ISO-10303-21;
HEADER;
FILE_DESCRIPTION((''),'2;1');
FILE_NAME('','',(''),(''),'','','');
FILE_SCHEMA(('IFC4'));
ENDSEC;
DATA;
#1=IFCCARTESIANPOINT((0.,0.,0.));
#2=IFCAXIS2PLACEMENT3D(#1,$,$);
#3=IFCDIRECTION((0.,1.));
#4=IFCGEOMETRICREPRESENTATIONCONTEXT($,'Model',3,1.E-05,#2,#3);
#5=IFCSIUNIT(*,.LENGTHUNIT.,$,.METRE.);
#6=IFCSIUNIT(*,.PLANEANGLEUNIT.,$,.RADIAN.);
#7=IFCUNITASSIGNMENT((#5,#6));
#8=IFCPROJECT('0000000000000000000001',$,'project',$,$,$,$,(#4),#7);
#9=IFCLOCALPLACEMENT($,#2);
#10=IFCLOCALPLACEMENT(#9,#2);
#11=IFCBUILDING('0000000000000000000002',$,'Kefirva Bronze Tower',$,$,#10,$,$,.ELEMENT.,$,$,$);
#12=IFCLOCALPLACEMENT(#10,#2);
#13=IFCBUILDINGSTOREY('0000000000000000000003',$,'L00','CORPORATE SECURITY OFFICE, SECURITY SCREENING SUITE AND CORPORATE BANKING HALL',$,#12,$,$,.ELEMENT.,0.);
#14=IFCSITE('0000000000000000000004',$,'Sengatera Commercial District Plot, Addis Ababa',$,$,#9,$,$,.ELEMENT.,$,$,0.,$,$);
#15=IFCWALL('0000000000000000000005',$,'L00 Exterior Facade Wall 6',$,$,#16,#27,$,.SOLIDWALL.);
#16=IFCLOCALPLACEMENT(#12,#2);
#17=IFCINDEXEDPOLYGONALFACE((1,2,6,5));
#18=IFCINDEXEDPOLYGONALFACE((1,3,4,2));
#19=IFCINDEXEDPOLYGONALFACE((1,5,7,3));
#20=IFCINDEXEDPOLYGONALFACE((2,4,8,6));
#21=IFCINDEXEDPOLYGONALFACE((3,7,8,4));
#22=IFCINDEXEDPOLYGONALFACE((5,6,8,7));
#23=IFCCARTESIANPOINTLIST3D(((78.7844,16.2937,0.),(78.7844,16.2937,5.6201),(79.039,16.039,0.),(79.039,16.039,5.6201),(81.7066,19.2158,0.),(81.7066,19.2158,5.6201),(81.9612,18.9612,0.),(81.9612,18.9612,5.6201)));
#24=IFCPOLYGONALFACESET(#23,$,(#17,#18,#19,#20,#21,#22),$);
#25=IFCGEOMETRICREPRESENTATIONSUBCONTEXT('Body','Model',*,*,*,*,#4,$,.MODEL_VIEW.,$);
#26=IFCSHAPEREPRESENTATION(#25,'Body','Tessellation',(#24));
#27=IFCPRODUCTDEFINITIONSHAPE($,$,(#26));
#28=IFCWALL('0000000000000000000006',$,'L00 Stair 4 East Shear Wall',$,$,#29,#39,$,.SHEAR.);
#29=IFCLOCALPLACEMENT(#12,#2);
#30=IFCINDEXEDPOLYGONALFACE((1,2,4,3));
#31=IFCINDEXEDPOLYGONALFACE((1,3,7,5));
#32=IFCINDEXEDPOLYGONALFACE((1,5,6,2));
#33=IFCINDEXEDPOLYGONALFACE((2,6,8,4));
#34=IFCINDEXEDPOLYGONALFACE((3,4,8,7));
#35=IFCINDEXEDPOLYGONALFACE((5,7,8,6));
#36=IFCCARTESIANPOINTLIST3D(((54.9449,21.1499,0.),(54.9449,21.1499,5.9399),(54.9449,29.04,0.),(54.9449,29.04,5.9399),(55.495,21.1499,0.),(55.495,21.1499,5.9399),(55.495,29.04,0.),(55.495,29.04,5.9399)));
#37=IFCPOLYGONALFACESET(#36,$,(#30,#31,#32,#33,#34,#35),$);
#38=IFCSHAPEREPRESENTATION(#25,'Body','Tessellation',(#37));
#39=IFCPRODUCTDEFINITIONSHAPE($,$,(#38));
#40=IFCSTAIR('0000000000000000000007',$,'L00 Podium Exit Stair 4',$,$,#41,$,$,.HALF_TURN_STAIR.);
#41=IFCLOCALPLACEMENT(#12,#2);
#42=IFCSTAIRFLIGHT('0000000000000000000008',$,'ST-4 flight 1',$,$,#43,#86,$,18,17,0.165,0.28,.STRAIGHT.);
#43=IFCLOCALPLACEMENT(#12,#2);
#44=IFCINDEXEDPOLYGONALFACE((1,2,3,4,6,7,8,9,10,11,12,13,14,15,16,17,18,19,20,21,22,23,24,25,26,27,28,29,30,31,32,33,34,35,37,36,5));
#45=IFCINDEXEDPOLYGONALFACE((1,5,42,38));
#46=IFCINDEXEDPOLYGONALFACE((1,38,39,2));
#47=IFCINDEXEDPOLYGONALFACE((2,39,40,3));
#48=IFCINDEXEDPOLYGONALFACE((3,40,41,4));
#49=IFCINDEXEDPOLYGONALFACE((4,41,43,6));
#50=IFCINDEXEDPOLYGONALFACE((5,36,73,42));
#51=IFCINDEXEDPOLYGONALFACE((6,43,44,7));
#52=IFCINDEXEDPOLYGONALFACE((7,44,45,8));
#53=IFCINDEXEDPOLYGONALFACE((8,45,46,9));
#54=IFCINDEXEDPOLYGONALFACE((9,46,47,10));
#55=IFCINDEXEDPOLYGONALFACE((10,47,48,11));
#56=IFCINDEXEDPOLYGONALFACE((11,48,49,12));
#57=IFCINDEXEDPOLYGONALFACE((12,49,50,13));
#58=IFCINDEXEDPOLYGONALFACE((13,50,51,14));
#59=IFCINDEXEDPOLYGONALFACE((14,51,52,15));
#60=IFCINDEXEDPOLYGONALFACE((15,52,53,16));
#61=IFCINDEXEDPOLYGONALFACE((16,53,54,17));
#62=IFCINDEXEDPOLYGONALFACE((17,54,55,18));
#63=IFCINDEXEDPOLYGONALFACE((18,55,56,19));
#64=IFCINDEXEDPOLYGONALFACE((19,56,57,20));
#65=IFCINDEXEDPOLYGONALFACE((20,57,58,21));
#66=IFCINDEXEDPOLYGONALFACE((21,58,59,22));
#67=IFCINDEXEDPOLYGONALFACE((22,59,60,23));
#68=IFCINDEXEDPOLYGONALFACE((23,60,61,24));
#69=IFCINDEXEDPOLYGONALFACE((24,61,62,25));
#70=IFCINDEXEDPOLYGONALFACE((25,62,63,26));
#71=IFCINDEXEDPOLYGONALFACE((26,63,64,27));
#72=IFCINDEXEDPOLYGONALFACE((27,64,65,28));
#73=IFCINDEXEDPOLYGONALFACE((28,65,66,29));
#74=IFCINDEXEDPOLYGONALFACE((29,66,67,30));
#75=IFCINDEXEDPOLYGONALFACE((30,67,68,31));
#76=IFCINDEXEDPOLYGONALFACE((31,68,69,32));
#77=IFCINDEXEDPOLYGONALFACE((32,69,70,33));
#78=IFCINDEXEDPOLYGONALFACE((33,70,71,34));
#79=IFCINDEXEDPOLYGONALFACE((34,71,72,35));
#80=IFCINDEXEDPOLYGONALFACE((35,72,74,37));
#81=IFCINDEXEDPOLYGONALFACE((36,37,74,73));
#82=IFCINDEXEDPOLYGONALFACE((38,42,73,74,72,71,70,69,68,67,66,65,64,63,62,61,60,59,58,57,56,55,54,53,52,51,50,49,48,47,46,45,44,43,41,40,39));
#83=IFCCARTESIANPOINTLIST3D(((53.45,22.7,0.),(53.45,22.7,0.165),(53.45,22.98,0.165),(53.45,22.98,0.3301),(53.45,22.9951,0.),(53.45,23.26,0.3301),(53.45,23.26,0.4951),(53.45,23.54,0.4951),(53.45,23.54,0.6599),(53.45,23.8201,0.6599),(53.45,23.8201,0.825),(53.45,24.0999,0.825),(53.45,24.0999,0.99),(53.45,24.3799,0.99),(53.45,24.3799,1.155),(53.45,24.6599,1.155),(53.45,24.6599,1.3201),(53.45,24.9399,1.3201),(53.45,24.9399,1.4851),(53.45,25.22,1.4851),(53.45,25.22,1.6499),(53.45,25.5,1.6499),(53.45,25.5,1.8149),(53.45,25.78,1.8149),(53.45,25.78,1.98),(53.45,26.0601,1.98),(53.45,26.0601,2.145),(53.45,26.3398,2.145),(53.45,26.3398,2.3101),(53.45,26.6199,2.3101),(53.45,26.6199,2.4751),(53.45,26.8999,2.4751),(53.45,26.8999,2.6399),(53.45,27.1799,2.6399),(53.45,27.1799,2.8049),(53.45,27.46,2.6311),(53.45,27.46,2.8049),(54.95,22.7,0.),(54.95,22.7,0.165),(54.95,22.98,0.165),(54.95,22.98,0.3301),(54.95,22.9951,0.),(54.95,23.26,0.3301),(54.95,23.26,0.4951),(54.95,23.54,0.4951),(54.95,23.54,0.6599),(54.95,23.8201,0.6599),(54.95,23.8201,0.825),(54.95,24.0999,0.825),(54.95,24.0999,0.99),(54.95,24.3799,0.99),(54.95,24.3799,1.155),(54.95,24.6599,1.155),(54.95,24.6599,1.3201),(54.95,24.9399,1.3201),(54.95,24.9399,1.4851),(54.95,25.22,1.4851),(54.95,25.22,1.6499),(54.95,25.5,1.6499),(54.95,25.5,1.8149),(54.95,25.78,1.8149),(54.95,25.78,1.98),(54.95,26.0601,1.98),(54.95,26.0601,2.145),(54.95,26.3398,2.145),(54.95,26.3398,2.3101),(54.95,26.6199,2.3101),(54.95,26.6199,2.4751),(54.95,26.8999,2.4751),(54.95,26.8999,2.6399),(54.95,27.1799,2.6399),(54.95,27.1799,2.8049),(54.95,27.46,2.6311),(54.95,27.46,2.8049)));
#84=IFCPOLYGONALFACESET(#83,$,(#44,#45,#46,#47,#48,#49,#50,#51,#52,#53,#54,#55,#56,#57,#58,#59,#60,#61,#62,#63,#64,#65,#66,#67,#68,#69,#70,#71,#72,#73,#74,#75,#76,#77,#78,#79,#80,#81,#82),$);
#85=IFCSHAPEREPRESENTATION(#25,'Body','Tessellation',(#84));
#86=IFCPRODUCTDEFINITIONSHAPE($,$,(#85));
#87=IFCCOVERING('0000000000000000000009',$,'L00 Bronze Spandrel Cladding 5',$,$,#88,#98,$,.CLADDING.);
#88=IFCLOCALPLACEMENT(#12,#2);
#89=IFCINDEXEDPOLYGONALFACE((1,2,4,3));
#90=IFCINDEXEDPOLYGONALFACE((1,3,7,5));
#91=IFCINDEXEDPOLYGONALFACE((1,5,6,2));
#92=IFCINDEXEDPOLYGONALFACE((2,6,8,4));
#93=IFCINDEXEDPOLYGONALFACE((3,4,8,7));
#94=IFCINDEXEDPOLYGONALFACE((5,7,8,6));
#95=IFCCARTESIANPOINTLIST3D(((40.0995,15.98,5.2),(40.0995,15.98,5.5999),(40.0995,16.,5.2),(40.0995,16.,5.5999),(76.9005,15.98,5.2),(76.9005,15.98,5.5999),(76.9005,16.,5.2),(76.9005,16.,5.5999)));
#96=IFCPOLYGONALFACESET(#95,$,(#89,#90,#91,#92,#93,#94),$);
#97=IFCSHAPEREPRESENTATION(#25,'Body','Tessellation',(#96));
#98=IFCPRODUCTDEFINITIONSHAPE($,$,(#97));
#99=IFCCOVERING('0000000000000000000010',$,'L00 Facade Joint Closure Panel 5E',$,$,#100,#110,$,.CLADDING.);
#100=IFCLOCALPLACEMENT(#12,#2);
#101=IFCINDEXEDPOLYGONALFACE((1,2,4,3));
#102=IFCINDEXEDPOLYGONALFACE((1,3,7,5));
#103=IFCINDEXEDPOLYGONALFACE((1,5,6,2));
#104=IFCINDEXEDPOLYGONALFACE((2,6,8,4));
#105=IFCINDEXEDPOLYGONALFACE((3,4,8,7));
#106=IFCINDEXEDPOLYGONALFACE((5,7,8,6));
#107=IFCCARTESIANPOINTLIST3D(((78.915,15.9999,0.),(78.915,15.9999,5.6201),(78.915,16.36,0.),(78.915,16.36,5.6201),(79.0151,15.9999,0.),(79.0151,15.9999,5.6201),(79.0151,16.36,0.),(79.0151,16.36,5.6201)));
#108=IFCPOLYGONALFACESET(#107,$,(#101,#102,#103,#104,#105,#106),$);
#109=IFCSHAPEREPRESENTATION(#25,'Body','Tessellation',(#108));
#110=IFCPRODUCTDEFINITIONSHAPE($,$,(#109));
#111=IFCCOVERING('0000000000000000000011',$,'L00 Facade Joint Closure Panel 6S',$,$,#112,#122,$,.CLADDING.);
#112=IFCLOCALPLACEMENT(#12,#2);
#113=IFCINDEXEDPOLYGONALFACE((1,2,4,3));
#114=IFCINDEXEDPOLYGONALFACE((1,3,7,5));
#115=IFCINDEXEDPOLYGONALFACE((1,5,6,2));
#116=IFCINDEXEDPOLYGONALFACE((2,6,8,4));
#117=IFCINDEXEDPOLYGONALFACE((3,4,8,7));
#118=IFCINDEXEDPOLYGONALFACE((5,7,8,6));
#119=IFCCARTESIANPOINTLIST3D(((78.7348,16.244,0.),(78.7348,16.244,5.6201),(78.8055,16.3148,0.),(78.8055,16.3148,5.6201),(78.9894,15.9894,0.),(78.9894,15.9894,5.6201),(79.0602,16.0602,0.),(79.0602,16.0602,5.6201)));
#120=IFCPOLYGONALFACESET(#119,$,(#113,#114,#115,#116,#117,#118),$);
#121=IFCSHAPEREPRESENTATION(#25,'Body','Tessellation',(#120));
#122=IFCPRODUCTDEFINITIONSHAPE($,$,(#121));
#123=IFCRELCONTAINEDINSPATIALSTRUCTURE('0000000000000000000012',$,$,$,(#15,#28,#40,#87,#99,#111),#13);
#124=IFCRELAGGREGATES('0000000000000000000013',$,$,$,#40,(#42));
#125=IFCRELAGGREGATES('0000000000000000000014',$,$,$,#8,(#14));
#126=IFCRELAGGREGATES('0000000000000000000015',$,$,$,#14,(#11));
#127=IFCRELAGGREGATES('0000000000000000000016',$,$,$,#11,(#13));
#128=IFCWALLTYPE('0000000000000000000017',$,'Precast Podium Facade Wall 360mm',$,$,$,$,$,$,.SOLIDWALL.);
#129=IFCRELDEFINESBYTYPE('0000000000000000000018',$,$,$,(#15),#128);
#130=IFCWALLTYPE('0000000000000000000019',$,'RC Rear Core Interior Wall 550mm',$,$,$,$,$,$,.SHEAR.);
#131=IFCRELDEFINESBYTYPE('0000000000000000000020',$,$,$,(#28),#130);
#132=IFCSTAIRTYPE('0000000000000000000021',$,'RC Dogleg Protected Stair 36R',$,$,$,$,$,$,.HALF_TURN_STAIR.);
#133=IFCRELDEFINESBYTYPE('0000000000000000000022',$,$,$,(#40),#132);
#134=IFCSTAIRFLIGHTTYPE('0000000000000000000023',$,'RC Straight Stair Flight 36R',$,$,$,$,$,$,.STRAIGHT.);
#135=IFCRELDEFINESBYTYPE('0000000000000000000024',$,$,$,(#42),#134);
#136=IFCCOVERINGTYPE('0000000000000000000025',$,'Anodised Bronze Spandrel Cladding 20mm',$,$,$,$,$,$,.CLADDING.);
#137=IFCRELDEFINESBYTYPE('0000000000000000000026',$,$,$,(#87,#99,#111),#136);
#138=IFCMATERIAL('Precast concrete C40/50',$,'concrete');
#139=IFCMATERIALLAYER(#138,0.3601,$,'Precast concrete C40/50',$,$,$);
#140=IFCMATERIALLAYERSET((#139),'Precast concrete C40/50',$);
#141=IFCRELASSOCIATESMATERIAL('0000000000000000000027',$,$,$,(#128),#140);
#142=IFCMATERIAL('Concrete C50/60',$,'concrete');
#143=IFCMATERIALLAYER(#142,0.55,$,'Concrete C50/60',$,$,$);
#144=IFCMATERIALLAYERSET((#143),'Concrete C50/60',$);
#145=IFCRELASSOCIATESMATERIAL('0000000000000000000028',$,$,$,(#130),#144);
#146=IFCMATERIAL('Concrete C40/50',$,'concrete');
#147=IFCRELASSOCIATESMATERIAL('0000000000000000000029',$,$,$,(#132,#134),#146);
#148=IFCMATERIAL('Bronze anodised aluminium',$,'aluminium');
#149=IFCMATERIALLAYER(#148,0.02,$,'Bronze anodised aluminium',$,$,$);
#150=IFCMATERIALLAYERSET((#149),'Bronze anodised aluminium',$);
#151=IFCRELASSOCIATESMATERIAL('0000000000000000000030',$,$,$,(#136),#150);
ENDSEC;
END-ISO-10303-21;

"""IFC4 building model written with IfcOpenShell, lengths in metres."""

from ifc_helpers import new_model, si_unit, direction, frame, frame_2d, origin, origin_2d, place, context, subcontext, project, spatial, polyline, rectangle, outline, extrude, material, layer, layer_set, type_object, element, aggregate, save


model = new_model("IFC4")

# Units and contexts
model_context = context("Model", 3, precision=1e-05, world=origin(), true_north=direction((0.0, 1.0)))
body_context = subcontext(model_context, "Body", "Model", "MODEL_VIEW")
ifc_project = project(units=[si_unit("LENGTHUNIT", "METRE"), si_unit("PLANEANGLEUNIT", "RADIAN")], contexts=[model_context])

# Site, building, storey
site_placement = place(None, origin())
site = spatial("IfcSite", under=ifc_project, at=site_placement, Name="Sengatera Commercial District Plot, Addis Ababa", CompositionType="ELEMENT", RefElevation=0.0)
building_placement = place(site_placement, origin())
building = spatial("IfcBuilding", under=site, at=building_placement, Name="Kefirva Bronze Tower", CompositionType="ELEMENT")
storey_placement = place(building_placement, origin())
storey = spatial("IfcBuildingStorey", under=building, at=storey_placement, Name="L00", Description="CORPORATE SECURITY OFFICE, SECURITY SCREENING SUITE AND CORPORATE BANKING HALL", CompositionType="ELEMENT", Elevation=0.0)

# Walls
ifc_material_1 = material(Name="Precast concrete C40/50", Category="concrete")
ifc_layer_1 = layer(ifc_material_1, 0.3601, Name="Precast concrete C40/50")
ifc_layer_set_1 = layer_set([ifc_layer_1], Name="Precast concrete C40/50")
wall_type_1 = type_object("IfcWallType", Name="Precast Podium Facade Wall 360mm", PredefinedType="SOLIDWALL", material=ifc_layer_set_1)
wall_1_placement = place(storey_placement, frame((78.9116, 16.1663, 0.0), z_axis=(0.0, 0.0, 1.0), x_axis=(0.707107, 0.707107, 0.0)))
element("IfcWall", 1, at=wall_1_placement, inside=storey, type_object=wall_type_1, Name="L00 Exterior Facade Wall 6", PredefinedType="SOLIDWALL", context=body_context, shape_type="SweptSolid", body=[
    extrude(rectangle(XDim=4.1326, YDim=0.3601, at=frame_2d((2.0664, 0.0))), origin(), (0.0, 0.0, 1.0), 5.6201),
])
ifc_material_2 = material(Name="Concrete C50/60", Category="concrete")
ifc_layer_2 = layer(ifc_material_2, 0.55, Name="Concrete C50/60")
ifc_layer_set_2 = layer_set([ifc_layer_2], Name="Concrete C50/60")
wall_type_2 = type_object("IfcWallType", Name="RC Rear Core Interior Wall 550mm", PredefinedType="SHEAR", material=ifc_layer_set_2)
wall_2_placement = place(storey_placement, frame((55.22, 21.1499, 0.0), z_axis=(0.0, 0.0, 1.0), x_axis=(0.0, 1.0, 0.0)))
element("IfcWall", 2, at=wall_2_placement, inside=storey, type_object=wall_type_2, Name="L00 Stair 4 East Shear Wall", PredefinedType="SHEAR", context=body_context, shape_type="SweptSolid", body=[
    extrude(rectangle(XDim=7.8901, YDim=0.55, at=frame_2d((3.9451, 0.0))), origin(), (0.0, 0.0, 1.0), 5.9399),
])

# Stair, stair flight
ifc_material_3 = material(Name="Concrete C40/50", Category="concrete")
stair_type = type_object("IfcStairType", Name="RC Dogleg Protected Stair 36R", PredefinedType="HALF_TURN_STAIR", material=ifc_material_3)
stair_placement = place(storey_placement, origin())
stair = element("IfcStair", 3, at=stair_placement, inside=storey, type_object=stair_type, Name="L00 Podium Exit Stair 4", PredefinedType="HALF_TURN_STAIR")
stair_flight_type = type_object("IfcStairFlightType", Name="RC Straight Stair Flight 36R", PredefinedType="STRAIGHT", material=ifc_material_3)
stair_flight_placement = place(storey_placement, frame((54.2, 22.7, 0.0), z_axis=(0.0, 0.0, 1.0), x_axis=(0.0, 1.0, 0.0)))
stair_flight = element("IfcStairFlight", 4, at=stair_flight_placement, type_object=stair_flight_type, Name="ST-4 flight 1", NumberOfRisers=18, NumberOfTreads=17, PredefinedType="STRAIGHT", RiserHeight=0.165, TreadLength=0.28, context=body_context, shape_type="SweptSolid", body=[
    extrude(outline(polyline([(0.0, 0.0), (0.0, 0.165), (0.28, 0.165), (0.28, 0.3301), (0.5601, 0.3301), (0.5601, 0.4951), (0.8401, 0.4951), (0.8401, 0.6599), (1.1201, 0.6599), (1.1201, 0.825), (1.3999, 0.825), (1.3999, 0.99), (1.6799, 0.99), (1.6799, 1.155), (1.96, 1.155), (1.96, 1.3201), (2.24, 1.3201), (2.24, 1.4851), (2.52, 1.4851), (2.52, 1.6499), (2.8, 1.6499), (2.8, 1.8149), (3.0801, 1.8149), (3.0801, 1.98), (3.3601, 1.98), (3.3601, 2.145), (3.6399, 2.145), (3.6399, 2.3101), (3.9199, 2.3101), (3.9199, 2.4751), (4.2, 2.4751), (4.2, 2.6399), (4.48, 2.6399), (4.48, 2.8049), (4.76, 2.8049), (4.76, 2.97), (4.76, 2.6311), (0.2952, 0.0), (0.0, 0.0)])), frame((0.0, 0.75, 0.0), z_axis=(0.0, -1.0, 0.0), x_axis=(1.0, 0.0, 0.0)), (0.0, 0.0, 1.0), 1.5),
])
aggregate(stair, [stair_flight])

# Coverings
ifc_material_4 = material(Name="Bronze anodised aluminium", Category="aluminium")
ifc_layer_3 = layer(ifc_material_4, 0.02, Name="Bronze anodised aluminium")
ifc_layer_set_3 = layer_set([ifc_layer_3], Name="Bronze anodised aluminium")
covering_type_1 = type_object("IfcCoveringType", Name="Anodised Bronze Spandrel Cladding 20mm", PredefinedType="CLADDING", material=ifc_layer_set_3)
covering_1_placement = place(storey_placement, frame((58.5, 15.99, 5.2), z_axis=(0.0, 0.0, 1.0), x_axis=(1.0, 0.0, 0.0)))
element("IfcCovering", 5, at=covering_1_placement, inside=storey, type_object=covering_type_1, Name="L00 Bronze Spandrel Cladding 5", PredefinedType="CLADDING", context=body_context, shape_type="SweptSolid", body=[
    extrude(rectangle(XDim=36.801, YDim=0.02, at=origin_2d()), origin(), (0.0, 0.0, 1.0), 0.3999),
])
for number, where, z_axis, x_axis, name in (
    (6, (78.9651, 16.1799, 0.0), (0.0, 0.0, 1.0), (1.0, 0.0, 0.0), "L00 Facade Joint Closure Panel 5E"),
    (7, (78.8975, 16.1521, 0.0), (0.0, 0.0, 1.0), (0.707107, 0.707107, 0.0), "L00 Facade Joint Closure Panel 6S"),
):
    element("IfcCovering", number, at=place(storey_placement, frame(where, z_axis=z_axis, x_axis=x_axis)), inside=storey, type_object=covering_type_1, Name=name, PredefinedType="CLADDING", context=body_context, shape_type="SweptSolid", body=[
        extrude(rectangle(XDim=0.1001, YDim=0.3601, at=origin_2d()), origin(), (0.0, 0.0, 1.0), 5.6201),
    ])

save(model, "model.ifc")
